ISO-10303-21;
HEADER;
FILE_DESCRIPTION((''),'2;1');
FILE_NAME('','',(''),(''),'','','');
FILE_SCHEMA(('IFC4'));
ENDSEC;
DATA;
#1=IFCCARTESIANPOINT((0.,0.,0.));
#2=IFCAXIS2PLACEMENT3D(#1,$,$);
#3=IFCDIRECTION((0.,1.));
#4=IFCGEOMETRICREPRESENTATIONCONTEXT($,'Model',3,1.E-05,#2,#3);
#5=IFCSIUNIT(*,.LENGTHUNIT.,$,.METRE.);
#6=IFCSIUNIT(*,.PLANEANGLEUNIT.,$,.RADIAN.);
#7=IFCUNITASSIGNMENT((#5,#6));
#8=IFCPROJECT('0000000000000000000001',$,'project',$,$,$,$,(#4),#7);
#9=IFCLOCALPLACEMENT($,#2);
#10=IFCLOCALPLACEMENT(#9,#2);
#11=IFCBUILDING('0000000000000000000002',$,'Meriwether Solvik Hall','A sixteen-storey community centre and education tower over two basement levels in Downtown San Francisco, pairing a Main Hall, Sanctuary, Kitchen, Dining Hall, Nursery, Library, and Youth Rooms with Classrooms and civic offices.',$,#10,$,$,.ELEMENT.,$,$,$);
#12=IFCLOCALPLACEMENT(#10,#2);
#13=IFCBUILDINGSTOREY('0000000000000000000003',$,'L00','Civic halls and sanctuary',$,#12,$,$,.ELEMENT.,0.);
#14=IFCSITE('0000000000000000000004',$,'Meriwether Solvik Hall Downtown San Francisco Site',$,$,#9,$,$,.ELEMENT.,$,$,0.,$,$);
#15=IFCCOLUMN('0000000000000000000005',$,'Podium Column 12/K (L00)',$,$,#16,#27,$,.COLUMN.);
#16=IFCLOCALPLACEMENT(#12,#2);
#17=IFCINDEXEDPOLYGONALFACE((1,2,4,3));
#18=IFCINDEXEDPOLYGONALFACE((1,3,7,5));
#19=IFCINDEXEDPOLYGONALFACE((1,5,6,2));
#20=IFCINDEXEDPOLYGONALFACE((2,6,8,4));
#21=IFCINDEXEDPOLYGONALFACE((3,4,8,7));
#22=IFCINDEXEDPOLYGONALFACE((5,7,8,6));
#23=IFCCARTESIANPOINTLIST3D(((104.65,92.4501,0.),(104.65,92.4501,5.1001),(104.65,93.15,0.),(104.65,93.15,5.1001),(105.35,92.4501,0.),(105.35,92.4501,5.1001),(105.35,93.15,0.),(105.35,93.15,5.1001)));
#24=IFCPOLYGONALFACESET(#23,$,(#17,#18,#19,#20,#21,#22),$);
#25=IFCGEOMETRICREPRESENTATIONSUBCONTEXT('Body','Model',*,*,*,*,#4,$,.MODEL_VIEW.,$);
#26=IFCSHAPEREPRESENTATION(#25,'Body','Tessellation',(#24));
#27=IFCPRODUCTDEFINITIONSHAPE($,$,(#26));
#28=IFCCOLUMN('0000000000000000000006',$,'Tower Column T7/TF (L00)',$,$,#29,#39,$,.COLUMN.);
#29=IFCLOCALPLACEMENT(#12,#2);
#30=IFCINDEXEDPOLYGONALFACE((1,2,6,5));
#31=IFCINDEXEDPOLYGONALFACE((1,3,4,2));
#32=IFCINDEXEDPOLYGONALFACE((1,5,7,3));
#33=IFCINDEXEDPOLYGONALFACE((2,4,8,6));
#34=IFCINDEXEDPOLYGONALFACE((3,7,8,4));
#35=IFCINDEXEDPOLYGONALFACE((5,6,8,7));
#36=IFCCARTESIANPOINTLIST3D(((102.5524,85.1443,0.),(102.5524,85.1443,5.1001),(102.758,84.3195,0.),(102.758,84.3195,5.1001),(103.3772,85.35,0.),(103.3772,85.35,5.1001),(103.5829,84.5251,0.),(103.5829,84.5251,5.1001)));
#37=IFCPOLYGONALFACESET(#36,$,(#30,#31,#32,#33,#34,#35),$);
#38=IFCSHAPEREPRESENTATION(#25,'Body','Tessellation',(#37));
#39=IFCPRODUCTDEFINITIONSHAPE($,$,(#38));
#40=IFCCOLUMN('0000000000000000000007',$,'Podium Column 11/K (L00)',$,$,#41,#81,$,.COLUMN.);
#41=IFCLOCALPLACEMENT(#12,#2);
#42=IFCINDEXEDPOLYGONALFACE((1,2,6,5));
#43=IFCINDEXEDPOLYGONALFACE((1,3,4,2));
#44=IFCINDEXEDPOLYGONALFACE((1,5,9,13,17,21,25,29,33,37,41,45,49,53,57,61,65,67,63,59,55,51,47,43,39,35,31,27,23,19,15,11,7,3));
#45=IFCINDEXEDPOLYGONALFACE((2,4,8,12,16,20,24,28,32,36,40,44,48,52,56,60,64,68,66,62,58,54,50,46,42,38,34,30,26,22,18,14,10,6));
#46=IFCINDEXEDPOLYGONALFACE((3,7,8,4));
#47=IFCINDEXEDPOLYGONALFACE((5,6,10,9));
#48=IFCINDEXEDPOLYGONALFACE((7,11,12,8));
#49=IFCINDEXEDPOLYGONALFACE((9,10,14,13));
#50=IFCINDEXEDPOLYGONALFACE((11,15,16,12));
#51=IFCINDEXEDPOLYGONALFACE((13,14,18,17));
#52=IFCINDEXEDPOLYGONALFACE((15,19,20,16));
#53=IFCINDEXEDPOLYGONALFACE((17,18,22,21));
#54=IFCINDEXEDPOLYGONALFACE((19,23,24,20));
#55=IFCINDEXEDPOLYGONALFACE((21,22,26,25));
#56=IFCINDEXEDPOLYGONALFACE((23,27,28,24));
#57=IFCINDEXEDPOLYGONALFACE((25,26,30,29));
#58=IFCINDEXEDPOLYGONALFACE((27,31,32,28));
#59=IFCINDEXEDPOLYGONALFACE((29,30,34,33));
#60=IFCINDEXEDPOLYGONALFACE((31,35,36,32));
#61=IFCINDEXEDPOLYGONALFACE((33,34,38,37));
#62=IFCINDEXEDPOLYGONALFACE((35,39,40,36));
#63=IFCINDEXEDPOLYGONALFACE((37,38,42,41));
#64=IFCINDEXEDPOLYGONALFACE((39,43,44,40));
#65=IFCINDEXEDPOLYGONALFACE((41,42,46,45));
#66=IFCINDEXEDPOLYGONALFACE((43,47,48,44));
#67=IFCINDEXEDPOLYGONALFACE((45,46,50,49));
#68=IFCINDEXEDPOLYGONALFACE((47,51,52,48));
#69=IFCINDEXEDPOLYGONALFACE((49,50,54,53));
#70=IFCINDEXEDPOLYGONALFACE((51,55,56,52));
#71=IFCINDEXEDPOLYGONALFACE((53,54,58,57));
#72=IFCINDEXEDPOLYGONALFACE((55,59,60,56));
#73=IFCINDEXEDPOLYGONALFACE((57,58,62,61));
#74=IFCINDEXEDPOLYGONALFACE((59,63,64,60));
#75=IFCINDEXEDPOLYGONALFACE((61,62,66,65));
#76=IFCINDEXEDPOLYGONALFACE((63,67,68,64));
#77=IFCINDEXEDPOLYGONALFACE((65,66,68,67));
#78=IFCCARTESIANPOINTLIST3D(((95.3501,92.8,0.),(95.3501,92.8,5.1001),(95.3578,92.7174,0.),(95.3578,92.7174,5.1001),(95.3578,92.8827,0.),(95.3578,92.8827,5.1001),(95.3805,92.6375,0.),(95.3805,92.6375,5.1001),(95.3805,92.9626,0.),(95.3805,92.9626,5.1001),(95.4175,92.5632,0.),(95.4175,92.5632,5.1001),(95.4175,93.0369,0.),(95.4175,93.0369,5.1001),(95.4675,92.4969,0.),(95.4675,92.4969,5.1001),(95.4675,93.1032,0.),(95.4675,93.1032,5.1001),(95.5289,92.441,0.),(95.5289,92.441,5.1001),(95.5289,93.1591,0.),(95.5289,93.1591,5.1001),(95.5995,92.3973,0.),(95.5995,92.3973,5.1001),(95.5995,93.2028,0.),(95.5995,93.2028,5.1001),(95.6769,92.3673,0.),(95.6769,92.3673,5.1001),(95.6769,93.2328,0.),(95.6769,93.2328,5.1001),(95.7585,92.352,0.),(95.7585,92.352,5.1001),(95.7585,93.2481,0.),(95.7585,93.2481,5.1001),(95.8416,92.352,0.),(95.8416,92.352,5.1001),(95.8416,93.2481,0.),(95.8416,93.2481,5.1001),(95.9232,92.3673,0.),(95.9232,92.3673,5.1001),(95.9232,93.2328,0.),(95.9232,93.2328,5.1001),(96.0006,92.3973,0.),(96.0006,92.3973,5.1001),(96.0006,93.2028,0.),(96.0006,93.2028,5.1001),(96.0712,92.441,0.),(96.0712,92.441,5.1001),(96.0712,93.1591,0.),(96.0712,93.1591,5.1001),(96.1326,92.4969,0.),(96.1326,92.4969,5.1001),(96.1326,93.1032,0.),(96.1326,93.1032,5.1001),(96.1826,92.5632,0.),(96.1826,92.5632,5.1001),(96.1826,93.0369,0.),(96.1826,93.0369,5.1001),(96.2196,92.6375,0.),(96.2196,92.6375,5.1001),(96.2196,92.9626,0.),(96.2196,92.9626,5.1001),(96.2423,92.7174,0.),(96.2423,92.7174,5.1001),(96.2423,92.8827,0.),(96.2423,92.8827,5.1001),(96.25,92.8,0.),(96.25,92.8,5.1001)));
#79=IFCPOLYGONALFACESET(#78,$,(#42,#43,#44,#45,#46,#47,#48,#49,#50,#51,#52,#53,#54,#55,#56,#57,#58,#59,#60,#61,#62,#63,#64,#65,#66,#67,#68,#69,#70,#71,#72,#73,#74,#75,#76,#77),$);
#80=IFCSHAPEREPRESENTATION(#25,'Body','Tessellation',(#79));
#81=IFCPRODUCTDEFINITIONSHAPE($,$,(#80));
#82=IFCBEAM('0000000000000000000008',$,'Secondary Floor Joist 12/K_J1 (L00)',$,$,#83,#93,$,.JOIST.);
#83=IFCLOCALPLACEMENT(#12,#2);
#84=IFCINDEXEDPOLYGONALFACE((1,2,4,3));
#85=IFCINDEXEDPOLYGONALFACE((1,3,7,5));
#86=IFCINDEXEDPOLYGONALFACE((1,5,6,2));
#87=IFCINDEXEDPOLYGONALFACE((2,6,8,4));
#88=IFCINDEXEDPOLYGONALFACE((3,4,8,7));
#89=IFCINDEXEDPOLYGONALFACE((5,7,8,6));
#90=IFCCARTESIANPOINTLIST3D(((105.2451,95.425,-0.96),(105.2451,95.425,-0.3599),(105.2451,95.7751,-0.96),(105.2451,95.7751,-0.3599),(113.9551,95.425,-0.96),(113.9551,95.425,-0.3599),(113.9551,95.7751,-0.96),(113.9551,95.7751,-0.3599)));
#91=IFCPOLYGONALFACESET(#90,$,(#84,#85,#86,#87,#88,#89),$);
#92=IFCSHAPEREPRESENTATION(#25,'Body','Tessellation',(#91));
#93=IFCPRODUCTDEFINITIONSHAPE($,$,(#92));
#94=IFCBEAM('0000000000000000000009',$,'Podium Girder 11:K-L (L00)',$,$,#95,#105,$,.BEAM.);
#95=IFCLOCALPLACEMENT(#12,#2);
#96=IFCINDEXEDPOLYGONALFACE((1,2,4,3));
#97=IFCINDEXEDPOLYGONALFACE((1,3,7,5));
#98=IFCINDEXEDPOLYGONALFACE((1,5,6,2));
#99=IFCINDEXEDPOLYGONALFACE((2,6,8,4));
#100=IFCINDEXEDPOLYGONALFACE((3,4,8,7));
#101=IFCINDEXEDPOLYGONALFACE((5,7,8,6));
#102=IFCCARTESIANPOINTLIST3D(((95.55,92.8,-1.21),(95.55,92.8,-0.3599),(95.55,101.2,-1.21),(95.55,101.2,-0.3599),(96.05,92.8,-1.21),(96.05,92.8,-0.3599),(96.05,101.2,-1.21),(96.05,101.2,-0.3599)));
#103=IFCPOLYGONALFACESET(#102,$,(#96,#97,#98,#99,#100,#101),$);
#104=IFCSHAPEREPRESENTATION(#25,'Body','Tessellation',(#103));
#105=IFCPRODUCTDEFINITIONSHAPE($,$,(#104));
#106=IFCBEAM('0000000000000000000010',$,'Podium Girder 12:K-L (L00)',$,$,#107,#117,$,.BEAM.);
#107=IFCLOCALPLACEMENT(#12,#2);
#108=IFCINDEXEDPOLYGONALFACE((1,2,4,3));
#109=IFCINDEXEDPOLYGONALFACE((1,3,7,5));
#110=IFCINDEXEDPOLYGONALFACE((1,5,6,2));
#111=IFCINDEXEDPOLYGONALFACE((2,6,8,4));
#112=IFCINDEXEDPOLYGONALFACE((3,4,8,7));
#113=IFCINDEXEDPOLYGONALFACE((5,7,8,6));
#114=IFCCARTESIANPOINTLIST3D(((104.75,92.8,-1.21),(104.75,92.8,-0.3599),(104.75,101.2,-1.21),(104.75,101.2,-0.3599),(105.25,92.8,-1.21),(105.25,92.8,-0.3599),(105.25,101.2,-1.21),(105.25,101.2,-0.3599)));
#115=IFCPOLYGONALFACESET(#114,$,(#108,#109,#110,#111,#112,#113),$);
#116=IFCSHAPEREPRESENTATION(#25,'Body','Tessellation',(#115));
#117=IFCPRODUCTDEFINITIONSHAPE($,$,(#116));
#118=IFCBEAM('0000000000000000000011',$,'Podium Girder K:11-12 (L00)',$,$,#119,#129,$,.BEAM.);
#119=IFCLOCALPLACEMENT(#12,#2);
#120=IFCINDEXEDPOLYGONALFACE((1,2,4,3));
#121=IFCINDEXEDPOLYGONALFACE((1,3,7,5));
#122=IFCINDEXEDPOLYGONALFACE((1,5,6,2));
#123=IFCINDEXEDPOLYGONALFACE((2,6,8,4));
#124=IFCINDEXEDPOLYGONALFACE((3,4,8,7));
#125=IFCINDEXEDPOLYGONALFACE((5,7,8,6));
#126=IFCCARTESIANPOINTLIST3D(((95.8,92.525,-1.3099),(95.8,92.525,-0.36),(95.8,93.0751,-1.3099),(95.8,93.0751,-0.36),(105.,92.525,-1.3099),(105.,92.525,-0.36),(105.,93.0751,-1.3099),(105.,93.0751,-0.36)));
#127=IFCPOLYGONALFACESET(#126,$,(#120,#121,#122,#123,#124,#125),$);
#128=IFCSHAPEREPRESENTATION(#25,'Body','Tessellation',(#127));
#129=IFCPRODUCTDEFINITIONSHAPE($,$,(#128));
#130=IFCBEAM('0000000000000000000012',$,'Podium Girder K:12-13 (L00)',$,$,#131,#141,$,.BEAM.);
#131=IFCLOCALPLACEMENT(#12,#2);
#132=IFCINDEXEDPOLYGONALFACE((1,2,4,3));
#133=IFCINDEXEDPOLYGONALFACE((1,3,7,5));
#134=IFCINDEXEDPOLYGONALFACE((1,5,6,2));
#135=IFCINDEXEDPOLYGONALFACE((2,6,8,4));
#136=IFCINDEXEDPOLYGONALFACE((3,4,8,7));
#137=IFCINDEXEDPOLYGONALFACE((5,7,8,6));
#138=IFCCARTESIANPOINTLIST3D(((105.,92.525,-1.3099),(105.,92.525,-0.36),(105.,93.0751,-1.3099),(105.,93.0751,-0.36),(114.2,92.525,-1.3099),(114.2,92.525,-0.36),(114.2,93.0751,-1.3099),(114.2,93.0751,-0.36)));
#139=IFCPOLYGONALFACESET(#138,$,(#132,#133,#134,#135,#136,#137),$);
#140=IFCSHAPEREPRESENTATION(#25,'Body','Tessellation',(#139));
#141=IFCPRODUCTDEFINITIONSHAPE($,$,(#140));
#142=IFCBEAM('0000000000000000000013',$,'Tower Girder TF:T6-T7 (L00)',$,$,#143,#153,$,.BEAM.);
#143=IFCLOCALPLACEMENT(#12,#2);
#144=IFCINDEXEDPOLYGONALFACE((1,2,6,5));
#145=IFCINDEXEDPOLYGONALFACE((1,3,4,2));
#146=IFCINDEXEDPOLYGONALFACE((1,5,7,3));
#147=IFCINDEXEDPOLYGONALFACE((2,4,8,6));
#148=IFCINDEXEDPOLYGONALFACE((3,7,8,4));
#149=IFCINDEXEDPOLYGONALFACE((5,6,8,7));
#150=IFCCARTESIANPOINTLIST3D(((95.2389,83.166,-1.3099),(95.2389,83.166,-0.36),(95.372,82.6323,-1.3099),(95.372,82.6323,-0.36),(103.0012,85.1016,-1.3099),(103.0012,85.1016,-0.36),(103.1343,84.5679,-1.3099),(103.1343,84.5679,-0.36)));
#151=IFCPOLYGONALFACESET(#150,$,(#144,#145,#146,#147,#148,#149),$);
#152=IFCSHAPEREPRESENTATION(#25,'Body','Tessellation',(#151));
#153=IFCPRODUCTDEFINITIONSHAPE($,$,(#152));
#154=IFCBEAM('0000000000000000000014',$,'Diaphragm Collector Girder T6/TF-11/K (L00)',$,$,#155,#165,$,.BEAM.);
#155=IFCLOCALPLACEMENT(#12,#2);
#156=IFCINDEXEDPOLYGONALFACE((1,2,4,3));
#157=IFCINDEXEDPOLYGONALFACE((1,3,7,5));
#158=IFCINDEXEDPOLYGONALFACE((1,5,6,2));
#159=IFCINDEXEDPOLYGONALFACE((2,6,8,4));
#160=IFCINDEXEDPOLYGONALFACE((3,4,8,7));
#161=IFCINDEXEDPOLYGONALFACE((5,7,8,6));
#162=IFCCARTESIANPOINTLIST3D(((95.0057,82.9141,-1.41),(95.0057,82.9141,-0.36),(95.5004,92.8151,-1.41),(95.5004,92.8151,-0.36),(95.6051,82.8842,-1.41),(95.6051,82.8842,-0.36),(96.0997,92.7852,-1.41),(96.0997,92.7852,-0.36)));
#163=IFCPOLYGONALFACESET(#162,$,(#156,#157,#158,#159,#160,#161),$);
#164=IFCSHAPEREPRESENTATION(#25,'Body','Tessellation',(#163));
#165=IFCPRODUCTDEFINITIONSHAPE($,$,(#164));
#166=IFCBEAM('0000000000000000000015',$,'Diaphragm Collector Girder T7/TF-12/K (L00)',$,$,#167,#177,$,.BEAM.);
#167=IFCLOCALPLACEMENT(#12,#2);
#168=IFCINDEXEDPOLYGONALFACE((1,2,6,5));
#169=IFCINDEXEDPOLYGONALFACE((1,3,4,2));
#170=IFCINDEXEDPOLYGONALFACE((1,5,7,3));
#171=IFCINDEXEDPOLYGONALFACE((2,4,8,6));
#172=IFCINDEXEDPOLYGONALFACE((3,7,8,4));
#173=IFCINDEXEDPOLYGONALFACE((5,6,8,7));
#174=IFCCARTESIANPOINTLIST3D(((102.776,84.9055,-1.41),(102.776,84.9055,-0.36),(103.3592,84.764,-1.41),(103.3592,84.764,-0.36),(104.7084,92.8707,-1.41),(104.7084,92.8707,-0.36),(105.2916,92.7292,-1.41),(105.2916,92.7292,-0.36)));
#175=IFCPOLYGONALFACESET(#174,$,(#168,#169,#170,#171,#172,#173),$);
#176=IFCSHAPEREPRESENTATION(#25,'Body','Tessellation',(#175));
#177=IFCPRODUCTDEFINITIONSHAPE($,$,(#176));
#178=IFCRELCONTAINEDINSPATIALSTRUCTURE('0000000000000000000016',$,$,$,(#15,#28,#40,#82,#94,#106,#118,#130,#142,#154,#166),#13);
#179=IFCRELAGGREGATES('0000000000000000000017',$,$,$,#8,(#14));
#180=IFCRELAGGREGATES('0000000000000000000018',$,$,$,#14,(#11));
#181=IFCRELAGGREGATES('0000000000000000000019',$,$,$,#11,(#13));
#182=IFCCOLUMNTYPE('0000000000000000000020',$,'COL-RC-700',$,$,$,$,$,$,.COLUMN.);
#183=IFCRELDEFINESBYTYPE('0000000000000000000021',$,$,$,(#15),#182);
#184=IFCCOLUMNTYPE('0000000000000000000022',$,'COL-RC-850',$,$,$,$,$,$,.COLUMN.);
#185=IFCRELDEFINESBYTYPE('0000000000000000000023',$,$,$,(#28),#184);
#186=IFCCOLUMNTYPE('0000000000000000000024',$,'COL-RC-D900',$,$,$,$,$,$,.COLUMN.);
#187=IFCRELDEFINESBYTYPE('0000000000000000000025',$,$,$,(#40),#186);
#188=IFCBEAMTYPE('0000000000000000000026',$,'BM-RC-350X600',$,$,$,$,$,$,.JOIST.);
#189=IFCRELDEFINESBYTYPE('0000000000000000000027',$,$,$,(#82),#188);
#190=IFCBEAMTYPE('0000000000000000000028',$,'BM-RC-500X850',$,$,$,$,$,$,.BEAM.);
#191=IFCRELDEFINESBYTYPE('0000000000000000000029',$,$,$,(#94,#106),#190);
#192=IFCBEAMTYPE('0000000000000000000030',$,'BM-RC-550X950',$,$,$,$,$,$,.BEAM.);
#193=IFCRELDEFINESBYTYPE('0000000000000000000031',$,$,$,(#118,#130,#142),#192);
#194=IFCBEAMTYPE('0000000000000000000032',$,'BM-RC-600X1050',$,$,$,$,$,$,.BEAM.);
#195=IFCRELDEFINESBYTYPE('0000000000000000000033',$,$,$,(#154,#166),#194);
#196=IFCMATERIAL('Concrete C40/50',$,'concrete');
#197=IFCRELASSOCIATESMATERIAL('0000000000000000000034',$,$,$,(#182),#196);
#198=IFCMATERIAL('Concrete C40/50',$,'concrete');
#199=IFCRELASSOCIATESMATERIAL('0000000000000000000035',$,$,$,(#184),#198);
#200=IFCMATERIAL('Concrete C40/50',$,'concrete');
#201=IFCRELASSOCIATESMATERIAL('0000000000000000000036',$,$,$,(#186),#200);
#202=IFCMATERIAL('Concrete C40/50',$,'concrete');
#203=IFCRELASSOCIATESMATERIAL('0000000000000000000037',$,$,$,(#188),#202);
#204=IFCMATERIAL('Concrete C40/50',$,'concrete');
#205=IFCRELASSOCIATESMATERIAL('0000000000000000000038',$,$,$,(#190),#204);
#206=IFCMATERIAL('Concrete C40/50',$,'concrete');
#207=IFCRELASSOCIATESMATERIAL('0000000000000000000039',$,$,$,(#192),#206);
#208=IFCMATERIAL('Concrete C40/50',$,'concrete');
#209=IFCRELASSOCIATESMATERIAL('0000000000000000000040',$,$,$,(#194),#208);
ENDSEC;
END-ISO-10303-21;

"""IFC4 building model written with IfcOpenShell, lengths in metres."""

from ifc_helpers import new_model, si_unit, direction, frame, origin, origin_2d, place, context, subcontext, project, spatial, rectangle, circle, extrude, material, material_profile, profile_set, type_object, element, save


model = new_model("IFC4")

# Units and contexts
model_context = context("Model", 3, precision=1e-05, world=origin(), true_north=direction((0.0, 1.0)))
body_context = subcontext(model_context, "Body", "Model", "MODEL_VIEW")
ifc_project = project(units=[si_unit("LENGTHUNIT", "METRE"), si_unit("PLANEANGLEUNIT", "RADIAN")], contexts=[model_context])

# Site, building, storey
site_placement = place(None, origin())
site = spatial("IfcSite", under=ifc_project, at=site_placement, Name="Meriwether Solvik Hall Downtown San Francisco Site", CompositionType="ELEMENT", RefElevation=0.0)
building_placement = place(site_placement, origin())
building = spatial("IfcBuilding", under=site, at=building_placement, Name="Meriwether Solvik Hall", Description="A sixteen-storey community centre and education tower over two basement levels in Downtown San Francisco, pairing a Main Hall, Sanctuary, Kitchen, Dining Hall, Nursery, Library, and Youth Rooms with Classrooms and civic offices.", CompositionType="ELEMENT")
storey_placement = place(building_placement, origin())
storey = spatial("IfcBuildingStorey", under=building, at=storey_placement, Name="L00", Description="Civic halls and sanctuary", CompositionType="ELEMENT", Elevation=0.0)

# Columns
ifc_material_1 = material(Name="Concrete C40/50", Category="concrete")
ifc_material_profile_1 = material_profile(ifc_material_1, rectangle(XDim=0.7, YDim=0.7, at=origin_2d()), Name="RCC-700X700")
ifc_profile_set_1 = profile_set([ifc_material_profile_1], Name="Concrete C40/50")
column_type_1 = type_object("IfcColumnType", Name="COL-RC-700", PredefinedType="COLUMN", material=ifc_profile_set_1)
column_1_placement = place(storey_placement, frame((105.0, 92.8, 0.0), z_axis=(0.0, 0.0, 1.0), x_axis=(1.0, 0.0, 0.0)))
element("IfcColumn", 1, at=column_1_placement, inside=storey, type_object=column_type_1, Name="Podium Column 12/K (L00)", PredefinedType="COLUMN", context=body_context, shape_type="SweptSolid", body=[
    extrude(rectangle(XDim=0.7, YDim=0.7, at=origin_2d()), origin(), (0.0, 0.0, 1.0), 5.1001),
])
ifc_material_2 = material(Name="Concrete C40/50", Category="concrete")
ifc_material_profile_2 = material_profile(ifc_material_2, rectangle(XDim=0.8501, YDim=0.8501, at=origin_2d()), Name="RCC-850X850")
ifc_profile_set_2 = profile_set([ifc_material_profile_2], Name="Concrete C40/50")
column_type_2 = type_object("IfcColumnType", Name="COL-RC-850", PredefinedType="COLUMN", material=ifc_profile_set_2)
column_2_placement = place(storey_placement, frame((103.0676, 84.8347, 0.0), z_axis=(0.0, 0.0, 1.0), x_axis=(0.970296, 0.241922, 0.0)))
element("IfcColumn", 2, at=column_2_placement, inside=storey, type_object=column_type_2, Name="Tower Column T7/TF (L00)", PredefinedType="COLUMN", context=body_context, shape_type="SweptSolid", body=[
    extrude(rectangle(XDim=0.8501, YDim=0.8501, at=origin_2d()), origin(), (0.0, 0.0, 1.0), 5.1001),
])
ifc_material_3 = material(Name="Concrete C40/50", Category="concrete")
ifc_material_profile_3 = material_profile(ifc_material_3, circle(Radius=0.45, at=origin_2d()), Name="RCC-D900")
ifc_profile_set_3 = profile_set([ifc_material_profile_3], Name="Concrete C40/50")
column_type_3 = type_object("IfcColumnType", Name="COL-RC-D900", PredefinedType="COLUMN", material=ifc_profile_set_3)
column_3_placement = place(storey_placement, frame((95.8, 92.8, 0.0), z_axis=(0.0, 0.0, 1.0), x_axis=(1.0, 0.0, 0.0)))
element("IfcColumn", 3, at=column_3_placement, inside=storey, type_object=column_type_3, Name="Podium Column 11/K (L00)", PredefinedType="COLUMN", context=body_context, shape_type="SweptSolid", body=[
    extrude(circle(Radius=0.45, at=origin_2d()), origin(), (0.0, 0.0, 1.0), 5.1001),
])

# Beams
ifc_material_4 = material(Name="Concrete C40/50", Category="concrete")
ifc_material_profile_4 = material_profile(ifc_material_4, rectangle(XDim=0.3501, YDim=0.6001, at=origin_2d()), Name="RCB-350X600")
ifc_profile_set_4 = profile_set([ifc_material_profile_4], Name="Concrete C40/50")
beam_type_1 = type_object("IfcBeamType", Name="BM-RC-350X600", PredefinedType="JOIST", material=ifc_profile_set_4)
beam_1_placement = place(storey_placement, frame((105.2451, 95.6001, -0.6599), z_axis=(1.0, 0.0, 0.0), x_axis=(0.0, 1.0, 0.0)))
element("IfcBeam", 4, at=beam_1_placement, inside=storey, type_object=beam_type_1, Name="Secondary Floor Joist 12/K_J1 (L00)", PredefinedType="JOIST", context=body_context, shape_type="SweptSolid", body=[
    extrude(rectangle(XDim=0.3501, YDim=0.6001, at=origin_2d()), origin(), (0.0, 0.0, 1.0), 8.71),
])
ifc_material_5 = material(Name="Concrete C40/50", Category="concrete")
ifc_material_profile_5 = material_profile(ifc_material_5, rectangle(XDim=0.5, YDim=0.8501, at=origin_2d()), Name="RCB-500X850")
ifc_profile_set_5 = profile_set([ifc_material_profile_5], Name="Concrete C40/50")
beam_type_2 = type_object("IfcBeamType", Name="BM-RC-500X850", PredefinedType="BEAM", material=ifc_profile_set_5)
for number, where, z_axis, x_axis, name in (
    (5, (95.8, 92.8, -0.7849), (0.0, 1.0, 0.0), (-1.0, 0.0, 0.0), "Podium Girder 11:K-L (L00)"),
    (6, (105.0, 92.8, -0.7849), (0.0, 1.0, 0.0), (-1.0, 0.0, 0.0), "Podium Girder 12:K-L (L00)"),
):
    element("IfcBeam", number, at=place(storey_placement, frame(where, z_axis=z_axis, x_axis=x_axis)), inside=storey, type_object=beam_type_2, Name=name, PredefinedType="BEAM", context=body_context, shape_type="SweptSolid", body=[
        extrude(rectangle(XDim=0.5, YDim=0.8501, at=origin_2d()), origin(), (0.0, 0.0, 1.0), 8.3999),
    ])
ifc_material_6 = material(Name="Concrete C40/50", Category="concrete")
ifc_material_profile_6 = material_profile(ifc_material_6, rectangle(XDim=0.55, YDim=0.95, at=origin_2d()), Name="RCB-550X950")
ifc_profile_set_6 = profile_set([ifc_material_profile_6], Name="Concrete C40/50")
beam_type_3 = type_object("IfcBeamType", Name="BM-RC-550X950", PredefinedType="BEAM", material=ifc_profile_set_6)
for number, where, z_axis, x_axis, name in (
    (7, (95.8, 92.8, -0.835), (1.0, 0.0, 0.0), (0.0, 1.0, 0.0), "Podium Girder K:11-12 (L00)"),
    (8, (105.0, 92.8, -0.835), (1.0, 0.0, 0.0), (0.0, 1.0, 0.0), "Podium Girder K:12-13 (L00)"),
):
    element("IfcBeam", number, at=place(storey_placement, frame(where, z_axis=z_axis, x_axis=x_axis)), inside=storey, type_object=beam_type_3, Name=name, PredefinedType="BEAM", context=body_context, shape_type="SweptSolid", body=[
        extrude(rectangle(XDim=0.55, YDim=0.95, at=origin_2d()), origin(), (0.0, 0.0, 1.0), 9.2),
    ])
beam_2_placement = place(storey_placement, frame((95.3054, 82.8992, -0.835), z_axis=(0.97029, 0.241947, 0.0), x_axis=(-0.241947, 0.97029, 0.0)))
element("IfcBeam", 9, at=beam_2_placement, inside=storey, type_object=beam_type_3, Name="Tower Girder TF:T6-T7 (L00)", PredefinedType="BEAM", context=body_context, shape_type="SweptSolid", body=[
    extrude(rectangle(XDim=0.55, YDim=0.95, at=origin_2d()), origin(), (0.0, 0.0, 1.0), 8.0),
])
ifc_material_7 = material(Name="Concrete C40/50", Category="concrete")
ifc_material_profile_7 = material_profile(ifc_material_7, rectangle(XDim=0.6001, YDim=1.05, at=origin_2d()), Name="RCB-600X1050")
ifc_profile_set_7 = profile_set([ifc_material_profile_7], Name="Concrete C40/50")
beam_type_4 = type_object("IfcBeamType", Name="BM-RC-600X1050", PredefinedType="BEAM", material=ifc_profile_set_7)
beam_3_placement = place(storey_placement, frame((95.3054, 82.8992, -0.885), z_axis=(0.049896, 0.998754, 0.0), x_axis=(-0.998754, 0.049896, 0.0)))
element("IfcBeam", 10, at=beam_3_placement, inside=storey, type_object=beam_type_4, Name="Diaphragm Collector Girder T6/TF-11/K (L00)", PredefinedType="BEAM", context=body_context, shape_type="SweptSolid", body=[
    extrude(rectangle(XDim=0.6001, YDim=1.05, at=origin_2d()), origin(), (0.0, 0.0, 1.0), 9.9133),
])
beam_4_placement = place(storey_placement, frame((103.0676, 84.8347, -0.885), z_axis=(0.235759, 0.971811, 0.0), x_axis=(-0.971811, 0.235759, 0.0)))
element("IfcBeam", 11, at=beam_4_placement, inside=storey, type_object=beam_type_4, Name="Diaphragm Collector Girder T7/TF-12/K (L00)", PredefinedType="BEAM", context=body_context, shape_type="SweptSolid", body=[
    extrude(rectangle(XDim=0.6001, YDim=1.05, at=origin_2d()), origin(), (0.0, 0.0, 1.0), 8.1963),
])

save(model, "model.ifc")
